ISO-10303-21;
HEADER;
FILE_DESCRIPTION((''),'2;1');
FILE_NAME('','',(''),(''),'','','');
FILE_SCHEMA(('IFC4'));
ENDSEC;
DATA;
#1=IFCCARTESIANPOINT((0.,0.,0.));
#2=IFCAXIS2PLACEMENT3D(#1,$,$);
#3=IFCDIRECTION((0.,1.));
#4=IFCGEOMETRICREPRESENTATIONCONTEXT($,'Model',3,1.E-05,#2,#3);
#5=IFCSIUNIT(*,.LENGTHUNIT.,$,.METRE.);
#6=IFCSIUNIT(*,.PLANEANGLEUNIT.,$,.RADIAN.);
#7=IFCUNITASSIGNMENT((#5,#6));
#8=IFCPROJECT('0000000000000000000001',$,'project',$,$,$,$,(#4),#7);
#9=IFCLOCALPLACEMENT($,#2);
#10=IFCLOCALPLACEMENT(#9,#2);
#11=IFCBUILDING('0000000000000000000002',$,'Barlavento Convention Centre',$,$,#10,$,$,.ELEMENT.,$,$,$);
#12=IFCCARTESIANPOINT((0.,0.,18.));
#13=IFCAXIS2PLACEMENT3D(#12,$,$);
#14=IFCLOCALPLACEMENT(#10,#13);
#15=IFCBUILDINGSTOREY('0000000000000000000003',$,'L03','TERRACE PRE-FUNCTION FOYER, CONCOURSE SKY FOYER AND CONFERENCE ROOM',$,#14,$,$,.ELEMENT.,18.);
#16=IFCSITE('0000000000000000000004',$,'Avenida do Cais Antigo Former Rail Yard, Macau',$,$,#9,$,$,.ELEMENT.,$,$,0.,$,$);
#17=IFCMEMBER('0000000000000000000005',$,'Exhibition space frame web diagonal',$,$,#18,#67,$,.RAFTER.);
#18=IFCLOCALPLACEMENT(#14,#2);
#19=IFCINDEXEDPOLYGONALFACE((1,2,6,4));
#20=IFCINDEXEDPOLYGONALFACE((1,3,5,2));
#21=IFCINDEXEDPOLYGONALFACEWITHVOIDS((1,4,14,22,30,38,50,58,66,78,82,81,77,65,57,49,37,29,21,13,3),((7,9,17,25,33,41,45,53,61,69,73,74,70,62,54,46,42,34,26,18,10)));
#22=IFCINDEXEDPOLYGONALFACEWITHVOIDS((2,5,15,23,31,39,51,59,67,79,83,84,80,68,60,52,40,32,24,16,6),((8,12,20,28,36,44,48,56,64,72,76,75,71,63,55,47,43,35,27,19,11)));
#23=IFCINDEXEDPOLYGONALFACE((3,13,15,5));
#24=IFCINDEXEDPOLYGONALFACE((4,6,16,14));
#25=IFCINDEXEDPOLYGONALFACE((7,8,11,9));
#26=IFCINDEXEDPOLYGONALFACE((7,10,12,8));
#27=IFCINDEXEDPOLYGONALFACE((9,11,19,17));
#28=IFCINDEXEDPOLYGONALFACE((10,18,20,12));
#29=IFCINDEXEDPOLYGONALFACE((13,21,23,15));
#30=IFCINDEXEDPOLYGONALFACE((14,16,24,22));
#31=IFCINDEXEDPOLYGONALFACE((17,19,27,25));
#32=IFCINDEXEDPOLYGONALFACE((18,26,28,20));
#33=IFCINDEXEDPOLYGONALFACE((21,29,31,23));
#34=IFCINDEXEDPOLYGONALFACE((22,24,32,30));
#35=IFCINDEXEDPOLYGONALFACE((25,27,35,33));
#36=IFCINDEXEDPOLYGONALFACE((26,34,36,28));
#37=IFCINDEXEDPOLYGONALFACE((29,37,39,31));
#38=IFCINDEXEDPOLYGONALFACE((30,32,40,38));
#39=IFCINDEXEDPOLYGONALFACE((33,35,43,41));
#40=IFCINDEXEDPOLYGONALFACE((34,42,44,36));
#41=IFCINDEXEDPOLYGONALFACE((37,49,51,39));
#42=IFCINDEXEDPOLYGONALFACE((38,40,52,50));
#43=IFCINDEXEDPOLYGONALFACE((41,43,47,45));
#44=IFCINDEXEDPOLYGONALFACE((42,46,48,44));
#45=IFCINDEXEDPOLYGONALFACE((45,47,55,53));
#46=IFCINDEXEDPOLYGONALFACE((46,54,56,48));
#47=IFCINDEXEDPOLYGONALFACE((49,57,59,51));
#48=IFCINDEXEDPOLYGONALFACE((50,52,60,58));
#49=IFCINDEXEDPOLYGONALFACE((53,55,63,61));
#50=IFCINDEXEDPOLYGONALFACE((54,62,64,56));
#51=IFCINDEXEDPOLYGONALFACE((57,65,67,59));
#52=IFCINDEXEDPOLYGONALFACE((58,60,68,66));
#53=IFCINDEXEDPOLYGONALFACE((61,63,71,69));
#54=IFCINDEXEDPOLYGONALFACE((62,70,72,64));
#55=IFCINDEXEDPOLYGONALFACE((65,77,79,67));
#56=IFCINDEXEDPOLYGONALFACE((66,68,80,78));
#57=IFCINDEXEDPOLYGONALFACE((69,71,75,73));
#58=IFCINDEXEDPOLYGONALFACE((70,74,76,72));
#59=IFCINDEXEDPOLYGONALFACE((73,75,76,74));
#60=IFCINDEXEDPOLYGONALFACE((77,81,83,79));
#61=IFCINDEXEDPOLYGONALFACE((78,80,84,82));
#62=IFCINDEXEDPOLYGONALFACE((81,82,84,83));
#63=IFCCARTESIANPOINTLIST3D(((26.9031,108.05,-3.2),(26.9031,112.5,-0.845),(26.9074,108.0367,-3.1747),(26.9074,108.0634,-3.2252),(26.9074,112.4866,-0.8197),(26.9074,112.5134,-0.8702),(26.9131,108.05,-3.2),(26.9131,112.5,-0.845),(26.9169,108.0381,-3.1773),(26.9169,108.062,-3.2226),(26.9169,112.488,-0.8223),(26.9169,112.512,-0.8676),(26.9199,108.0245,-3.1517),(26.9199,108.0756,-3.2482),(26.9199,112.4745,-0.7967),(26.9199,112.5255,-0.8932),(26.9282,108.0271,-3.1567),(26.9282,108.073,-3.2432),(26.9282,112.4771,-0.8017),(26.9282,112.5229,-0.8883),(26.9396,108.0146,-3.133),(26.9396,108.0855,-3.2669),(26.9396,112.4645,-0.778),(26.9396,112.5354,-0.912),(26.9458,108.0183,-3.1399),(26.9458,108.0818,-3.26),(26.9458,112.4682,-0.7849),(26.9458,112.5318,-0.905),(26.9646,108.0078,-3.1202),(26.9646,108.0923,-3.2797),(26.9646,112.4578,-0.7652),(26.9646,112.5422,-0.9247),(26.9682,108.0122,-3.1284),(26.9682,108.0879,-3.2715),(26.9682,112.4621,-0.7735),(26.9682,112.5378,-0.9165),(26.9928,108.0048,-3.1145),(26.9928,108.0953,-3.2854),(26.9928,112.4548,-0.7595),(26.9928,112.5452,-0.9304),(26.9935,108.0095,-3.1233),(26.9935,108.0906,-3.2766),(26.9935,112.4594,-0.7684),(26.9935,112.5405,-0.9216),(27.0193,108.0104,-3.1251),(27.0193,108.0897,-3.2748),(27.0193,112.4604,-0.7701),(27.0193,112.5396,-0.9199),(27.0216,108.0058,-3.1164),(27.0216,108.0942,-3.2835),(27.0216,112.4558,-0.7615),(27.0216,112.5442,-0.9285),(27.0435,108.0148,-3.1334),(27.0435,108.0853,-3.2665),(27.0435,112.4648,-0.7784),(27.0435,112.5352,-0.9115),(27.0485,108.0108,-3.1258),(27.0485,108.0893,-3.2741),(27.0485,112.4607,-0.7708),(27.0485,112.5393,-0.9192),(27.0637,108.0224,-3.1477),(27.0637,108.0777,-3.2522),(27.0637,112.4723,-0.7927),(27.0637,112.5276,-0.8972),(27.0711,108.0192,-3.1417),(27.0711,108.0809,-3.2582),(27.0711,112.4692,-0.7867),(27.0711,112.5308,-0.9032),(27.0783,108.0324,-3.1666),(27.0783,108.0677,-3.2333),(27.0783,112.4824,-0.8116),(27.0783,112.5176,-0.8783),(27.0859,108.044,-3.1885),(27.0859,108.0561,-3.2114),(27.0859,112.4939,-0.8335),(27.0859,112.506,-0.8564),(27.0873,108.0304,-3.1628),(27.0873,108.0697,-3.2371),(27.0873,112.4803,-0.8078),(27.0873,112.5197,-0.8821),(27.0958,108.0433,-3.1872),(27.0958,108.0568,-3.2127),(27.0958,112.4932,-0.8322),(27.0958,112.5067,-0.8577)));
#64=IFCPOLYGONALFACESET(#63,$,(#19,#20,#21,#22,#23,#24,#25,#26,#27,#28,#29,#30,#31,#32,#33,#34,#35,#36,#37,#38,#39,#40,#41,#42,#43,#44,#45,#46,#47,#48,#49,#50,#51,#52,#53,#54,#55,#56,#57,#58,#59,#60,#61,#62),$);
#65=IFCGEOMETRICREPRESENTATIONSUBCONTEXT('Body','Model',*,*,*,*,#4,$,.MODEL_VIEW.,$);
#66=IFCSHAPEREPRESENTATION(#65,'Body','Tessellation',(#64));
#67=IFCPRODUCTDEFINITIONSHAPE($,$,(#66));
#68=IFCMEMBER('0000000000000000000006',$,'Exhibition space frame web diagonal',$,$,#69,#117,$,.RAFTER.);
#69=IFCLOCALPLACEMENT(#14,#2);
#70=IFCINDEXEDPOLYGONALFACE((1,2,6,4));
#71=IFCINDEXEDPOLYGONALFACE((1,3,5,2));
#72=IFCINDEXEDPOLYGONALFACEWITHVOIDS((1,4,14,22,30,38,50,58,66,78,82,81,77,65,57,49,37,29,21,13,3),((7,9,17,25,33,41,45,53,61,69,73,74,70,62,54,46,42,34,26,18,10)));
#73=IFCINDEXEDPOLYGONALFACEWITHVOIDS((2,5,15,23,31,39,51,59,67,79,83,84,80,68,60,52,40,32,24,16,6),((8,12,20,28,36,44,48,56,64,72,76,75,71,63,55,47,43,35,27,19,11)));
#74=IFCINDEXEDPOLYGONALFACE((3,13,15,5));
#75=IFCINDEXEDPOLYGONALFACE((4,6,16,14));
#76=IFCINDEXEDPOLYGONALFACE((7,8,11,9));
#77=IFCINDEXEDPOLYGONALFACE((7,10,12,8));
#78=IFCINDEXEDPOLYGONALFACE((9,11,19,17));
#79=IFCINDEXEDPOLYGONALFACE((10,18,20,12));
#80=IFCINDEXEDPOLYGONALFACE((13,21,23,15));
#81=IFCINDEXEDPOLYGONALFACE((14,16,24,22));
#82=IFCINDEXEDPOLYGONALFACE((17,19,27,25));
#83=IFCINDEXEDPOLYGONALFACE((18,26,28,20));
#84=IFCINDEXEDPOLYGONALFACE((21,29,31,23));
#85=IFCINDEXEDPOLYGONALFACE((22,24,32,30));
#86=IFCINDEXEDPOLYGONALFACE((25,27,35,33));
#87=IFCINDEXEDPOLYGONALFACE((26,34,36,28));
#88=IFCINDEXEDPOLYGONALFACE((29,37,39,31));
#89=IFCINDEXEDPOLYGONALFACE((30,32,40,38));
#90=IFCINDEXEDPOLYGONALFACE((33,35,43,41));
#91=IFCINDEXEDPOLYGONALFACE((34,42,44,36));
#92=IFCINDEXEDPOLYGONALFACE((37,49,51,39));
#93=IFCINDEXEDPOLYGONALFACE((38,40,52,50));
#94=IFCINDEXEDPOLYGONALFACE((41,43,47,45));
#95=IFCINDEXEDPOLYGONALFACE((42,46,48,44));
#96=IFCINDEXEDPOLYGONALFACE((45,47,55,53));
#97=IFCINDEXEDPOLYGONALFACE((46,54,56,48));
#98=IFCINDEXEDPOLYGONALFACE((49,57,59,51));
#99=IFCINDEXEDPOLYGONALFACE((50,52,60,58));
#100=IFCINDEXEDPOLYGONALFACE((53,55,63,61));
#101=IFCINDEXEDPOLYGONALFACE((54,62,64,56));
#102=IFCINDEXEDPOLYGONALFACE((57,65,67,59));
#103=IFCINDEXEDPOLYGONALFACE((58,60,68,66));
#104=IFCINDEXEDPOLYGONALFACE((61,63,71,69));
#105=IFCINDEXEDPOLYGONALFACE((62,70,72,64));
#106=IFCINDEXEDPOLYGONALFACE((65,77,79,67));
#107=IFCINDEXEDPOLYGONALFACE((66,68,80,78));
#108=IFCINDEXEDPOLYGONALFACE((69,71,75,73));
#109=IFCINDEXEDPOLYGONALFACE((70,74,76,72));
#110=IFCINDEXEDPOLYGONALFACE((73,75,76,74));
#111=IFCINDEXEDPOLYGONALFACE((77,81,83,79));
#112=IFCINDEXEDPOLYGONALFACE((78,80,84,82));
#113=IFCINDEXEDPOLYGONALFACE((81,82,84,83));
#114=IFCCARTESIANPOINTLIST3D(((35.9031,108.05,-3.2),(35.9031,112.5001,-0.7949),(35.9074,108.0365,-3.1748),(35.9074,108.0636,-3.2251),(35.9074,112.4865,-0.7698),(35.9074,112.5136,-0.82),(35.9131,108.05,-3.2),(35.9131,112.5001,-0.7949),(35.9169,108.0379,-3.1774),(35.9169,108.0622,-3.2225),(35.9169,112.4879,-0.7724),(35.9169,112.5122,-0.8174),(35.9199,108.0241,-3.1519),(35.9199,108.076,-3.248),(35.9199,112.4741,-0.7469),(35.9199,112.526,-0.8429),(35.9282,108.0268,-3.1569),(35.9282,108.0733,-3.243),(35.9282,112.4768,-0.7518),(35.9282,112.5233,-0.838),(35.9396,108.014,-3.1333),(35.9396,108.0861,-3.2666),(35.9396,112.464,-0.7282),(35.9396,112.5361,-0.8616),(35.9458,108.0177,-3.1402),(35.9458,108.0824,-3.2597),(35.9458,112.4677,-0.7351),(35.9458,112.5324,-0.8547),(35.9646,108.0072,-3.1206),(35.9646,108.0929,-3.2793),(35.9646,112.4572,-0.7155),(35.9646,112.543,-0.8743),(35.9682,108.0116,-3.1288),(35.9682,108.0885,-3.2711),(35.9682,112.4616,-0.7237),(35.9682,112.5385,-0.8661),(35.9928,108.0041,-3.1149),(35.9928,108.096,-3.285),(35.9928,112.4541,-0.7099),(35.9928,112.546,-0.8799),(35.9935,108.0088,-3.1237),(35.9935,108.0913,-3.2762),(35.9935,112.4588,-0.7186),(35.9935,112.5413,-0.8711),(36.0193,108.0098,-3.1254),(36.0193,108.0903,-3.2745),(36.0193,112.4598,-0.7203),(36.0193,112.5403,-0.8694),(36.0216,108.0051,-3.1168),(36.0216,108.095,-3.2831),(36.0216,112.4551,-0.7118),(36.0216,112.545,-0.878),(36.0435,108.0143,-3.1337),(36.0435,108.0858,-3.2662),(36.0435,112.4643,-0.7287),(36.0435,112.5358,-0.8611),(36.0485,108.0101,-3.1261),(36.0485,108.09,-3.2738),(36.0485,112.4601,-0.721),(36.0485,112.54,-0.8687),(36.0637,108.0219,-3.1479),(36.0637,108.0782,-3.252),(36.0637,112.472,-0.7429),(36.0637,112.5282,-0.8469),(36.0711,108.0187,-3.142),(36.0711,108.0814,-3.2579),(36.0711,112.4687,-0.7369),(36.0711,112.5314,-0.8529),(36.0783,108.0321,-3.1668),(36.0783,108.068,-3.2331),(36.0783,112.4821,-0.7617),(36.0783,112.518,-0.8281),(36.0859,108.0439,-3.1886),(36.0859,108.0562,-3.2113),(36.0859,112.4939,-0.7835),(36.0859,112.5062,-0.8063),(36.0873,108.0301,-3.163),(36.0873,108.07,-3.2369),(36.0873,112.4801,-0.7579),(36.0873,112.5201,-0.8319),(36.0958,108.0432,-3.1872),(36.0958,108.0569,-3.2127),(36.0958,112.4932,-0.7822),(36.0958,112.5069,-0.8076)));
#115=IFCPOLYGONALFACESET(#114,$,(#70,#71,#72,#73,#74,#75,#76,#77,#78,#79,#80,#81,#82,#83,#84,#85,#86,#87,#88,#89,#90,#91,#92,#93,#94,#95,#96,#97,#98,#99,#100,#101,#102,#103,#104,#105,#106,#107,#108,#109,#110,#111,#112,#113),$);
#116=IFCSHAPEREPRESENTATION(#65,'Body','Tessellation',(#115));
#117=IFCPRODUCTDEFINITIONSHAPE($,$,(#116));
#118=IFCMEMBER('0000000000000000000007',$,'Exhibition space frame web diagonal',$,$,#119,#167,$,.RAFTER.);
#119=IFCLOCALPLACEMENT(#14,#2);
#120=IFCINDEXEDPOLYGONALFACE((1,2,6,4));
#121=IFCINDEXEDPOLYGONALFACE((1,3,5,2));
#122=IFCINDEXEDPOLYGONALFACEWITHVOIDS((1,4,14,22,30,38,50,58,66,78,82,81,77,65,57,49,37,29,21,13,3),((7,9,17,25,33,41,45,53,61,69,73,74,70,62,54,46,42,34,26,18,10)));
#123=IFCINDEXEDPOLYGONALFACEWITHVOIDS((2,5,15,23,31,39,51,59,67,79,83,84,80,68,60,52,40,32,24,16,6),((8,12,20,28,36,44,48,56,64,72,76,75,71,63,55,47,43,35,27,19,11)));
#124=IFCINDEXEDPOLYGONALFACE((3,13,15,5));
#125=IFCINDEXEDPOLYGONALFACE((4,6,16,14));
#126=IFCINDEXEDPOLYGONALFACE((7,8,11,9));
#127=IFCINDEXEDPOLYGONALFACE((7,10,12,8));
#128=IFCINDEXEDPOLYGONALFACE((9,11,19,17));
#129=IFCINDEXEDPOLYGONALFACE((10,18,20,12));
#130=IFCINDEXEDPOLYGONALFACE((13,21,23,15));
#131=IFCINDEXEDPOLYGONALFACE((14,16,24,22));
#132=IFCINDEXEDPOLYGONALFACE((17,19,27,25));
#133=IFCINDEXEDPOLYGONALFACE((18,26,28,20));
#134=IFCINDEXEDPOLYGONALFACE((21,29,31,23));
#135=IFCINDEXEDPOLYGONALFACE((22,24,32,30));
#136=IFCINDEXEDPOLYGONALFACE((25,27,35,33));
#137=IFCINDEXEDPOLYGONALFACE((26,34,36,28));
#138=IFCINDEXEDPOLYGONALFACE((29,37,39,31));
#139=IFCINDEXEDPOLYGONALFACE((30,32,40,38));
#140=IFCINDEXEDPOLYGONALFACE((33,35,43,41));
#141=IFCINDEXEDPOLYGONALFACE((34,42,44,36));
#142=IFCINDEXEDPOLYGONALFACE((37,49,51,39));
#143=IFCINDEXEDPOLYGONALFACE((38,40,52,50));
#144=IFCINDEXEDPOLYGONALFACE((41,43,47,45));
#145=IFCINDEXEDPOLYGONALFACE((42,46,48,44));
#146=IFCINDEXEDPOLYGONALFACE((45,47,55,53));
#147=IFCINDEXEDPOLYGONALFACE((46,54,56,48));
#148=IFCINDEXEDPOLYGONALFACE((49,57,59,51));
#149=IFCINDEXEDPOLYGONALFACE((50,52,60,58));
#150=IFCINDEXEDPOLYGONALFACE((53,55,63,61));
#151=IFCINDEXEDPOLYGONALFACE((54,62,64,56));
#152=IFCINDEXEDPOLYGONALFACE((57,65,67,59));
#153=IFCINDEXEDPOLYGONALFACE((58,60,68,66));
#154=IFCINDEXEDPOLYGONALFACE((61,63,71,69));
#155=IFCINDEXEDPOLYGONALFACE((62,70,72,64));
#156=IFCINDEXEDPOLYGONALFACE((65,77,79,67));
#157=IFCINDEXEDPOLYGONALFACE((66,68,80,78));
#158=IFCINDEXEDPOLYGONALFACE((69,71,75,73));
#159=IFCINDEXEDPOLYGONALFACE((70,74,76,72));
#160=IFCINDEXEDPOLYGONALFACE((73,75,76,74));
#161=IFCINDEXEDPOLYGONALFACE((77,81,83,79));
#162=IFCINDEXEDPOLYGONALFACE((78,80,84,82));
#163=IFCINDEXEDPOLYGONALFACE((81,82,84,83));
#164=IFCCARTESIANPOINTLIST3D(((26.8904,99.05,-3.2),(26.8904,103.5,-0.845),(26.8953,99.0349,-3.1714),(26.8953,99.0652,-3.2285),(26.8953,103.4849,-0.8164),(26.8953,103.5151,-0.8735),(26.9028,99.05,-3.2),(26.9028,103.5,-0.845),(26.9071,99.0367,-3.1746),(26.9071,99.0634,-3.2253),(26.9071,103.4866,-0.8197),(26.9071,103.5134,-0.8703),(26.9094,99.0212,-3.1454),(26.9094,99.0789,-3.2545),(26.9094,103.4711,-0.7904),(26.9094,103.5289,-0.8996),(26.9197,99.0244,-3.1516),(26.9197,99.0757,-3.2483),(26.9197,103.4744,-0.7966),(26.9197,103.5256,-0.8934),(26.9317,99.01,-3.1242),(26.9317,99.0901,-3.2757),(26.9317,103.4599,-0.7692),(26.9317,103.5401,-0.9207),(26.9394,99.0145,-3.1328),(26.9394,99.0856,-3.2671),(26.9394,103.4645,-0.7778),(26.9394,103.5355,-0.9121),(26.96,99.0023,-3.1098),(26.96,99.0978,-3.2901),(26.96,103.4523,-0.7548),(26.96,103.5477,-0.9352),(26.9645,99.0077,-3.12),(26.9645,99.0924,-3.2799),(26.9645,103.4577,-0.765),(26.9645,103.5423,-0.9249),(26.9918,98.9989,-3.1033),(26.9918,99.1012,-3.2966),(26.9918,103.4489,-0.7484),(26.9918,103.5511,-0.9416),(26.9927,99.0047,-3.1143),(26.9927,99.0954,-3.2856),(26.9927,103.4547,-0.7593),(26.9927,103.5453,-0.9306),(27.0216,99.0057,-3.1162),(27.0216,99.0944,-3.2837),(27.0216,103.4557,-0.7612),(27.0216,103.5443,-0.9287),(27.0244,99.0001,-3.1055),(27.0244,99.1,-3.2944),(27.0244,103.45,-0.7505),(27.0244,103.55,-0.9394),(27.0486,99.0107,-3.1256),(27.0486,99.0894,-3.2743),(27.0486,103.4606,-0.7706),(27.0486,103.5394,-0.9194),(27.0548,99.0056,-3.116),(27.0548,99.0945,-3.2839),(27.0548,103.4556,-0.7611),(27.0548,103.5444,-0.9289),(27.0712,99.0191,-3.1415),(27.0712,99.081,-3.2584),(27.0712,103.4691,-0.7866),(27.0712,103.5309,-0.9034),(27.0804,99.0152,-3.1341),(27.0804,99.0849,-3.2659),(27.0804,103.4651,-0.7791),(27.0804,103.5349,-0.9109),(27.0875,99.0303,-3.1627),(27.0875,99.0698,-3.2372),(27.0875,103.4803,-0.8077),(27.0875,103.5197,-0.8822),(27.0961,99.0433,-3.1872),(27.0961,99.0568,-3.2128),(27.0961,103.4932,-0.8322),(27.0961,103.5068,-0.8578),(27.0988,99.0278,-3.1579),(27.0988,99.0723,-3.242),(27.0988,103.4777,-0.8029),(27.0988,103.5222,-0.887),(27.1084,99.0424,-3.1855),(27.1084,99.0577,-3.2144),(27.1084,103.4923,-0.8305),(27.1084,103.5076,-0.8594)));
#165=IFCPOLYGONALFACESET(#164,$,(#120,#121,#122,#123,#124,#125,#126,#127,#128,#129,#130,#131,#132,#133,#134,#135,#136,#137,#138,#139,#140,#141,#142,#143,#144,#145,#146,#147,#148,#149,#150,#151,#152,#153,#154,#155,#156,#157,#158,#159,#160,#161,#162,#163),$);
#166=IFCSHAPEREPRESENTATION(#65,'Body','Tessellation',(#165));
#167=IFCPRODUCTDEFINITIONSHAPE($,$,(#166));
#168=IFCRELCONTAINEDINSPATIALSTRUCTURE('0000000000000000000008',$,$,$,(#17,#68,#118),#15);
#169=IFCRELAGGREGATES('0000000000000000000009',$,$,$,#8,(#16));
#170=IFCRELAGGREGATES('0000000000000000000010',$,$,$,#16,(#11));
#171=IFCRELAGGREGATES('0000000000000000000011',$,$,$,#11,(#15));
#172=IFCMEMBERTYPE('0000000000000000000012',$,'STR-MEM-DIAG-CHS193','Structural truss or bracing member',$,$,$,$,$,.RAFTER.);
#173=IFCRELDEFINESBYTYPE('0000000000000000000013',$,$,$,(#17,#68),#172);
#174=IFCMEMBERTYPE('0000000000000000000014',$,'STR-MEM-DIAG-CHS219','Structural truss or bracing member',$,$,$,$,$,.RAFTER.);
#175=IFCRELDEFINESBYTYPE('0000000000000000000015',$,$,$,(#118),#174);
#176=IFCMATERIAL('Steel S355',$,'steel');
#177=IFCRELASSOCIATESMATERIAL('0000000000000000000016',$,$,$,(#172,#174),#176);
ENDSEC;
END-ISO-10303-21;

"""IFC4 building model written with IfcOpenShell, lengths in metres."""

from ifc_helpers import new_model, si_unit, direction, frame, origin, origin_2d, place, context, subcontext, project, spatial, hollow_circle, extrude, material, material_profile, profile_set, type_object, element, save


model = new_model("IFC4")

# Units and contexts
model_context = context("Model", 3, precision=1e-05, world=origin(), true_north=direction((0.0, 1.0)))
body_context = subcontext(model_context, "Body", "Model", "MODEL_VIEW")
ifc_project = project(units=[si_unit("LENGTHUNIT", "METRE"), si_unit("PLANEANGLEUNIT", "RADIAN")], contexts=[model_context])

# Site, building, storey
site_placement = place(None, origin())
site = spatial("IfcSite", under=ifc_project, at=site_placement, Name="Avenida do Cais Antigo Former Rail Yard, Macau", CompositionType="ELEMENT", RefElevation=0.0)
building_placement = place(site_placement, origin())
building = spatial("IfcBuilding", under=site, at=building_placement, Name="Barlavento Convention Centre", CompositionType="ELEMENT")
storey_placement = place(building_placement, frame((0.0, 0.0, 18.0)))
storey = spatial("IfcBuildingStorey", under=building, at=storey_placement, Name="L03", Description="TERRACE PRE-FUNCTION FOYER, CONCOURSE SKY FOYER AND CONFERENCE ROOM", CompositionType="ELEMENT", Elevation=18.0)

# Shared definitions
ifc_material_1 = material(Name="Steel S355", Category="steel")

# Members
ifc_material_profile_1 = material_profile(ifc_material_1, hollow_circle(Radius=0.0969, WallThickness=0.01, at=origin_2d()), Name="CHS 193.7x10.0")
ifc_profile_set_1 = profile_set([ifc_material_profile_1], Name="Steel S355")
member_type_1 = type_object("IfcMemberType", Name="STR-MEM-DIAG-CHS193", Description="Structural truss or bracing member", PredefinedType="RAFTER", material=ifc_profile_set_1)
member_1_placement = place(storey_placement, frame((27.0, 108.05, -3.2), z_axis=(0.0, 0.88386, 0.467752), x_axis=(-1.0, 0.0, 0.0)))
element("IfcMember", 1, at=member_1_placement, inside=storey, type_object=member_type_1, Name="Exhibition space frame web diagonal", PredefinedType="RAFTER", context=body_context, shape_type="SweptSolid", body=[
    extrude(hollow_circle(Radius=0.0969, WallThickness=0.01, at=origin_2d()), origin(), (0.0, 0.0, 1.0), 5.0347),
])
member_2_placement = place(storey_placement, frame((36.0, 108.05, -3.2), z_axis=(0.0, 0.879735, 0.475464), x_axis=(-1.0, 0.0, 0.0)))
element("IfcMember", 2, at=member_2_placement, inside=storey, type_object=member_type_1, Name="Exhibition space frame web diagonal", PredefinedType="RAFTER", context=body_context, shape_type="SweptSolid", body=[
    extrude(hollow_circle(Radius=0.0969, WallThickness=0.01, at=origin_2d()), origin(), (0.0, 0.0, 1.0), 5.0583),
])
ifc_material_profile_2 = material_profile(ifc_material_1, hollow_circle(Radius=0.1096, WallThickness=0.0125, at=origin_2d()), Name="CHS 219.1x12.5")
ifc_profile_set_2 = profile_set([ifc_material_profile_2], Name="Steel S355")
member_type_2 = type_object("IfcMemberType", Name="STR-MEM-DIAG-CHS219", Description="Structural truss or bracing member", PredefinedType="RAFTER", material=ifc_profile_set_2)
member_3_placement = place(storey_placement, frame((27.0, 99.05, -3.2), z_axis=(0.0, 0.88386, 0.467752), x_axis=(-1.0, 0.0, 0.0)))
element("IfcMember", 3, at=member_3_placement, inside=storey, type_object=member_type_2, Name="Exhibition space frame web diagonal", PredefinedType="RAFTER", context=body_context, shape_type="SweptSolid", body=[
    extrude(hollow_circle(Radius=0.1096, WallThickness=0.0125, at=origin_2d()), origin(), (0.0, 0.0, 1.0), 5.0347),
])

save(model, "model.ifc")
